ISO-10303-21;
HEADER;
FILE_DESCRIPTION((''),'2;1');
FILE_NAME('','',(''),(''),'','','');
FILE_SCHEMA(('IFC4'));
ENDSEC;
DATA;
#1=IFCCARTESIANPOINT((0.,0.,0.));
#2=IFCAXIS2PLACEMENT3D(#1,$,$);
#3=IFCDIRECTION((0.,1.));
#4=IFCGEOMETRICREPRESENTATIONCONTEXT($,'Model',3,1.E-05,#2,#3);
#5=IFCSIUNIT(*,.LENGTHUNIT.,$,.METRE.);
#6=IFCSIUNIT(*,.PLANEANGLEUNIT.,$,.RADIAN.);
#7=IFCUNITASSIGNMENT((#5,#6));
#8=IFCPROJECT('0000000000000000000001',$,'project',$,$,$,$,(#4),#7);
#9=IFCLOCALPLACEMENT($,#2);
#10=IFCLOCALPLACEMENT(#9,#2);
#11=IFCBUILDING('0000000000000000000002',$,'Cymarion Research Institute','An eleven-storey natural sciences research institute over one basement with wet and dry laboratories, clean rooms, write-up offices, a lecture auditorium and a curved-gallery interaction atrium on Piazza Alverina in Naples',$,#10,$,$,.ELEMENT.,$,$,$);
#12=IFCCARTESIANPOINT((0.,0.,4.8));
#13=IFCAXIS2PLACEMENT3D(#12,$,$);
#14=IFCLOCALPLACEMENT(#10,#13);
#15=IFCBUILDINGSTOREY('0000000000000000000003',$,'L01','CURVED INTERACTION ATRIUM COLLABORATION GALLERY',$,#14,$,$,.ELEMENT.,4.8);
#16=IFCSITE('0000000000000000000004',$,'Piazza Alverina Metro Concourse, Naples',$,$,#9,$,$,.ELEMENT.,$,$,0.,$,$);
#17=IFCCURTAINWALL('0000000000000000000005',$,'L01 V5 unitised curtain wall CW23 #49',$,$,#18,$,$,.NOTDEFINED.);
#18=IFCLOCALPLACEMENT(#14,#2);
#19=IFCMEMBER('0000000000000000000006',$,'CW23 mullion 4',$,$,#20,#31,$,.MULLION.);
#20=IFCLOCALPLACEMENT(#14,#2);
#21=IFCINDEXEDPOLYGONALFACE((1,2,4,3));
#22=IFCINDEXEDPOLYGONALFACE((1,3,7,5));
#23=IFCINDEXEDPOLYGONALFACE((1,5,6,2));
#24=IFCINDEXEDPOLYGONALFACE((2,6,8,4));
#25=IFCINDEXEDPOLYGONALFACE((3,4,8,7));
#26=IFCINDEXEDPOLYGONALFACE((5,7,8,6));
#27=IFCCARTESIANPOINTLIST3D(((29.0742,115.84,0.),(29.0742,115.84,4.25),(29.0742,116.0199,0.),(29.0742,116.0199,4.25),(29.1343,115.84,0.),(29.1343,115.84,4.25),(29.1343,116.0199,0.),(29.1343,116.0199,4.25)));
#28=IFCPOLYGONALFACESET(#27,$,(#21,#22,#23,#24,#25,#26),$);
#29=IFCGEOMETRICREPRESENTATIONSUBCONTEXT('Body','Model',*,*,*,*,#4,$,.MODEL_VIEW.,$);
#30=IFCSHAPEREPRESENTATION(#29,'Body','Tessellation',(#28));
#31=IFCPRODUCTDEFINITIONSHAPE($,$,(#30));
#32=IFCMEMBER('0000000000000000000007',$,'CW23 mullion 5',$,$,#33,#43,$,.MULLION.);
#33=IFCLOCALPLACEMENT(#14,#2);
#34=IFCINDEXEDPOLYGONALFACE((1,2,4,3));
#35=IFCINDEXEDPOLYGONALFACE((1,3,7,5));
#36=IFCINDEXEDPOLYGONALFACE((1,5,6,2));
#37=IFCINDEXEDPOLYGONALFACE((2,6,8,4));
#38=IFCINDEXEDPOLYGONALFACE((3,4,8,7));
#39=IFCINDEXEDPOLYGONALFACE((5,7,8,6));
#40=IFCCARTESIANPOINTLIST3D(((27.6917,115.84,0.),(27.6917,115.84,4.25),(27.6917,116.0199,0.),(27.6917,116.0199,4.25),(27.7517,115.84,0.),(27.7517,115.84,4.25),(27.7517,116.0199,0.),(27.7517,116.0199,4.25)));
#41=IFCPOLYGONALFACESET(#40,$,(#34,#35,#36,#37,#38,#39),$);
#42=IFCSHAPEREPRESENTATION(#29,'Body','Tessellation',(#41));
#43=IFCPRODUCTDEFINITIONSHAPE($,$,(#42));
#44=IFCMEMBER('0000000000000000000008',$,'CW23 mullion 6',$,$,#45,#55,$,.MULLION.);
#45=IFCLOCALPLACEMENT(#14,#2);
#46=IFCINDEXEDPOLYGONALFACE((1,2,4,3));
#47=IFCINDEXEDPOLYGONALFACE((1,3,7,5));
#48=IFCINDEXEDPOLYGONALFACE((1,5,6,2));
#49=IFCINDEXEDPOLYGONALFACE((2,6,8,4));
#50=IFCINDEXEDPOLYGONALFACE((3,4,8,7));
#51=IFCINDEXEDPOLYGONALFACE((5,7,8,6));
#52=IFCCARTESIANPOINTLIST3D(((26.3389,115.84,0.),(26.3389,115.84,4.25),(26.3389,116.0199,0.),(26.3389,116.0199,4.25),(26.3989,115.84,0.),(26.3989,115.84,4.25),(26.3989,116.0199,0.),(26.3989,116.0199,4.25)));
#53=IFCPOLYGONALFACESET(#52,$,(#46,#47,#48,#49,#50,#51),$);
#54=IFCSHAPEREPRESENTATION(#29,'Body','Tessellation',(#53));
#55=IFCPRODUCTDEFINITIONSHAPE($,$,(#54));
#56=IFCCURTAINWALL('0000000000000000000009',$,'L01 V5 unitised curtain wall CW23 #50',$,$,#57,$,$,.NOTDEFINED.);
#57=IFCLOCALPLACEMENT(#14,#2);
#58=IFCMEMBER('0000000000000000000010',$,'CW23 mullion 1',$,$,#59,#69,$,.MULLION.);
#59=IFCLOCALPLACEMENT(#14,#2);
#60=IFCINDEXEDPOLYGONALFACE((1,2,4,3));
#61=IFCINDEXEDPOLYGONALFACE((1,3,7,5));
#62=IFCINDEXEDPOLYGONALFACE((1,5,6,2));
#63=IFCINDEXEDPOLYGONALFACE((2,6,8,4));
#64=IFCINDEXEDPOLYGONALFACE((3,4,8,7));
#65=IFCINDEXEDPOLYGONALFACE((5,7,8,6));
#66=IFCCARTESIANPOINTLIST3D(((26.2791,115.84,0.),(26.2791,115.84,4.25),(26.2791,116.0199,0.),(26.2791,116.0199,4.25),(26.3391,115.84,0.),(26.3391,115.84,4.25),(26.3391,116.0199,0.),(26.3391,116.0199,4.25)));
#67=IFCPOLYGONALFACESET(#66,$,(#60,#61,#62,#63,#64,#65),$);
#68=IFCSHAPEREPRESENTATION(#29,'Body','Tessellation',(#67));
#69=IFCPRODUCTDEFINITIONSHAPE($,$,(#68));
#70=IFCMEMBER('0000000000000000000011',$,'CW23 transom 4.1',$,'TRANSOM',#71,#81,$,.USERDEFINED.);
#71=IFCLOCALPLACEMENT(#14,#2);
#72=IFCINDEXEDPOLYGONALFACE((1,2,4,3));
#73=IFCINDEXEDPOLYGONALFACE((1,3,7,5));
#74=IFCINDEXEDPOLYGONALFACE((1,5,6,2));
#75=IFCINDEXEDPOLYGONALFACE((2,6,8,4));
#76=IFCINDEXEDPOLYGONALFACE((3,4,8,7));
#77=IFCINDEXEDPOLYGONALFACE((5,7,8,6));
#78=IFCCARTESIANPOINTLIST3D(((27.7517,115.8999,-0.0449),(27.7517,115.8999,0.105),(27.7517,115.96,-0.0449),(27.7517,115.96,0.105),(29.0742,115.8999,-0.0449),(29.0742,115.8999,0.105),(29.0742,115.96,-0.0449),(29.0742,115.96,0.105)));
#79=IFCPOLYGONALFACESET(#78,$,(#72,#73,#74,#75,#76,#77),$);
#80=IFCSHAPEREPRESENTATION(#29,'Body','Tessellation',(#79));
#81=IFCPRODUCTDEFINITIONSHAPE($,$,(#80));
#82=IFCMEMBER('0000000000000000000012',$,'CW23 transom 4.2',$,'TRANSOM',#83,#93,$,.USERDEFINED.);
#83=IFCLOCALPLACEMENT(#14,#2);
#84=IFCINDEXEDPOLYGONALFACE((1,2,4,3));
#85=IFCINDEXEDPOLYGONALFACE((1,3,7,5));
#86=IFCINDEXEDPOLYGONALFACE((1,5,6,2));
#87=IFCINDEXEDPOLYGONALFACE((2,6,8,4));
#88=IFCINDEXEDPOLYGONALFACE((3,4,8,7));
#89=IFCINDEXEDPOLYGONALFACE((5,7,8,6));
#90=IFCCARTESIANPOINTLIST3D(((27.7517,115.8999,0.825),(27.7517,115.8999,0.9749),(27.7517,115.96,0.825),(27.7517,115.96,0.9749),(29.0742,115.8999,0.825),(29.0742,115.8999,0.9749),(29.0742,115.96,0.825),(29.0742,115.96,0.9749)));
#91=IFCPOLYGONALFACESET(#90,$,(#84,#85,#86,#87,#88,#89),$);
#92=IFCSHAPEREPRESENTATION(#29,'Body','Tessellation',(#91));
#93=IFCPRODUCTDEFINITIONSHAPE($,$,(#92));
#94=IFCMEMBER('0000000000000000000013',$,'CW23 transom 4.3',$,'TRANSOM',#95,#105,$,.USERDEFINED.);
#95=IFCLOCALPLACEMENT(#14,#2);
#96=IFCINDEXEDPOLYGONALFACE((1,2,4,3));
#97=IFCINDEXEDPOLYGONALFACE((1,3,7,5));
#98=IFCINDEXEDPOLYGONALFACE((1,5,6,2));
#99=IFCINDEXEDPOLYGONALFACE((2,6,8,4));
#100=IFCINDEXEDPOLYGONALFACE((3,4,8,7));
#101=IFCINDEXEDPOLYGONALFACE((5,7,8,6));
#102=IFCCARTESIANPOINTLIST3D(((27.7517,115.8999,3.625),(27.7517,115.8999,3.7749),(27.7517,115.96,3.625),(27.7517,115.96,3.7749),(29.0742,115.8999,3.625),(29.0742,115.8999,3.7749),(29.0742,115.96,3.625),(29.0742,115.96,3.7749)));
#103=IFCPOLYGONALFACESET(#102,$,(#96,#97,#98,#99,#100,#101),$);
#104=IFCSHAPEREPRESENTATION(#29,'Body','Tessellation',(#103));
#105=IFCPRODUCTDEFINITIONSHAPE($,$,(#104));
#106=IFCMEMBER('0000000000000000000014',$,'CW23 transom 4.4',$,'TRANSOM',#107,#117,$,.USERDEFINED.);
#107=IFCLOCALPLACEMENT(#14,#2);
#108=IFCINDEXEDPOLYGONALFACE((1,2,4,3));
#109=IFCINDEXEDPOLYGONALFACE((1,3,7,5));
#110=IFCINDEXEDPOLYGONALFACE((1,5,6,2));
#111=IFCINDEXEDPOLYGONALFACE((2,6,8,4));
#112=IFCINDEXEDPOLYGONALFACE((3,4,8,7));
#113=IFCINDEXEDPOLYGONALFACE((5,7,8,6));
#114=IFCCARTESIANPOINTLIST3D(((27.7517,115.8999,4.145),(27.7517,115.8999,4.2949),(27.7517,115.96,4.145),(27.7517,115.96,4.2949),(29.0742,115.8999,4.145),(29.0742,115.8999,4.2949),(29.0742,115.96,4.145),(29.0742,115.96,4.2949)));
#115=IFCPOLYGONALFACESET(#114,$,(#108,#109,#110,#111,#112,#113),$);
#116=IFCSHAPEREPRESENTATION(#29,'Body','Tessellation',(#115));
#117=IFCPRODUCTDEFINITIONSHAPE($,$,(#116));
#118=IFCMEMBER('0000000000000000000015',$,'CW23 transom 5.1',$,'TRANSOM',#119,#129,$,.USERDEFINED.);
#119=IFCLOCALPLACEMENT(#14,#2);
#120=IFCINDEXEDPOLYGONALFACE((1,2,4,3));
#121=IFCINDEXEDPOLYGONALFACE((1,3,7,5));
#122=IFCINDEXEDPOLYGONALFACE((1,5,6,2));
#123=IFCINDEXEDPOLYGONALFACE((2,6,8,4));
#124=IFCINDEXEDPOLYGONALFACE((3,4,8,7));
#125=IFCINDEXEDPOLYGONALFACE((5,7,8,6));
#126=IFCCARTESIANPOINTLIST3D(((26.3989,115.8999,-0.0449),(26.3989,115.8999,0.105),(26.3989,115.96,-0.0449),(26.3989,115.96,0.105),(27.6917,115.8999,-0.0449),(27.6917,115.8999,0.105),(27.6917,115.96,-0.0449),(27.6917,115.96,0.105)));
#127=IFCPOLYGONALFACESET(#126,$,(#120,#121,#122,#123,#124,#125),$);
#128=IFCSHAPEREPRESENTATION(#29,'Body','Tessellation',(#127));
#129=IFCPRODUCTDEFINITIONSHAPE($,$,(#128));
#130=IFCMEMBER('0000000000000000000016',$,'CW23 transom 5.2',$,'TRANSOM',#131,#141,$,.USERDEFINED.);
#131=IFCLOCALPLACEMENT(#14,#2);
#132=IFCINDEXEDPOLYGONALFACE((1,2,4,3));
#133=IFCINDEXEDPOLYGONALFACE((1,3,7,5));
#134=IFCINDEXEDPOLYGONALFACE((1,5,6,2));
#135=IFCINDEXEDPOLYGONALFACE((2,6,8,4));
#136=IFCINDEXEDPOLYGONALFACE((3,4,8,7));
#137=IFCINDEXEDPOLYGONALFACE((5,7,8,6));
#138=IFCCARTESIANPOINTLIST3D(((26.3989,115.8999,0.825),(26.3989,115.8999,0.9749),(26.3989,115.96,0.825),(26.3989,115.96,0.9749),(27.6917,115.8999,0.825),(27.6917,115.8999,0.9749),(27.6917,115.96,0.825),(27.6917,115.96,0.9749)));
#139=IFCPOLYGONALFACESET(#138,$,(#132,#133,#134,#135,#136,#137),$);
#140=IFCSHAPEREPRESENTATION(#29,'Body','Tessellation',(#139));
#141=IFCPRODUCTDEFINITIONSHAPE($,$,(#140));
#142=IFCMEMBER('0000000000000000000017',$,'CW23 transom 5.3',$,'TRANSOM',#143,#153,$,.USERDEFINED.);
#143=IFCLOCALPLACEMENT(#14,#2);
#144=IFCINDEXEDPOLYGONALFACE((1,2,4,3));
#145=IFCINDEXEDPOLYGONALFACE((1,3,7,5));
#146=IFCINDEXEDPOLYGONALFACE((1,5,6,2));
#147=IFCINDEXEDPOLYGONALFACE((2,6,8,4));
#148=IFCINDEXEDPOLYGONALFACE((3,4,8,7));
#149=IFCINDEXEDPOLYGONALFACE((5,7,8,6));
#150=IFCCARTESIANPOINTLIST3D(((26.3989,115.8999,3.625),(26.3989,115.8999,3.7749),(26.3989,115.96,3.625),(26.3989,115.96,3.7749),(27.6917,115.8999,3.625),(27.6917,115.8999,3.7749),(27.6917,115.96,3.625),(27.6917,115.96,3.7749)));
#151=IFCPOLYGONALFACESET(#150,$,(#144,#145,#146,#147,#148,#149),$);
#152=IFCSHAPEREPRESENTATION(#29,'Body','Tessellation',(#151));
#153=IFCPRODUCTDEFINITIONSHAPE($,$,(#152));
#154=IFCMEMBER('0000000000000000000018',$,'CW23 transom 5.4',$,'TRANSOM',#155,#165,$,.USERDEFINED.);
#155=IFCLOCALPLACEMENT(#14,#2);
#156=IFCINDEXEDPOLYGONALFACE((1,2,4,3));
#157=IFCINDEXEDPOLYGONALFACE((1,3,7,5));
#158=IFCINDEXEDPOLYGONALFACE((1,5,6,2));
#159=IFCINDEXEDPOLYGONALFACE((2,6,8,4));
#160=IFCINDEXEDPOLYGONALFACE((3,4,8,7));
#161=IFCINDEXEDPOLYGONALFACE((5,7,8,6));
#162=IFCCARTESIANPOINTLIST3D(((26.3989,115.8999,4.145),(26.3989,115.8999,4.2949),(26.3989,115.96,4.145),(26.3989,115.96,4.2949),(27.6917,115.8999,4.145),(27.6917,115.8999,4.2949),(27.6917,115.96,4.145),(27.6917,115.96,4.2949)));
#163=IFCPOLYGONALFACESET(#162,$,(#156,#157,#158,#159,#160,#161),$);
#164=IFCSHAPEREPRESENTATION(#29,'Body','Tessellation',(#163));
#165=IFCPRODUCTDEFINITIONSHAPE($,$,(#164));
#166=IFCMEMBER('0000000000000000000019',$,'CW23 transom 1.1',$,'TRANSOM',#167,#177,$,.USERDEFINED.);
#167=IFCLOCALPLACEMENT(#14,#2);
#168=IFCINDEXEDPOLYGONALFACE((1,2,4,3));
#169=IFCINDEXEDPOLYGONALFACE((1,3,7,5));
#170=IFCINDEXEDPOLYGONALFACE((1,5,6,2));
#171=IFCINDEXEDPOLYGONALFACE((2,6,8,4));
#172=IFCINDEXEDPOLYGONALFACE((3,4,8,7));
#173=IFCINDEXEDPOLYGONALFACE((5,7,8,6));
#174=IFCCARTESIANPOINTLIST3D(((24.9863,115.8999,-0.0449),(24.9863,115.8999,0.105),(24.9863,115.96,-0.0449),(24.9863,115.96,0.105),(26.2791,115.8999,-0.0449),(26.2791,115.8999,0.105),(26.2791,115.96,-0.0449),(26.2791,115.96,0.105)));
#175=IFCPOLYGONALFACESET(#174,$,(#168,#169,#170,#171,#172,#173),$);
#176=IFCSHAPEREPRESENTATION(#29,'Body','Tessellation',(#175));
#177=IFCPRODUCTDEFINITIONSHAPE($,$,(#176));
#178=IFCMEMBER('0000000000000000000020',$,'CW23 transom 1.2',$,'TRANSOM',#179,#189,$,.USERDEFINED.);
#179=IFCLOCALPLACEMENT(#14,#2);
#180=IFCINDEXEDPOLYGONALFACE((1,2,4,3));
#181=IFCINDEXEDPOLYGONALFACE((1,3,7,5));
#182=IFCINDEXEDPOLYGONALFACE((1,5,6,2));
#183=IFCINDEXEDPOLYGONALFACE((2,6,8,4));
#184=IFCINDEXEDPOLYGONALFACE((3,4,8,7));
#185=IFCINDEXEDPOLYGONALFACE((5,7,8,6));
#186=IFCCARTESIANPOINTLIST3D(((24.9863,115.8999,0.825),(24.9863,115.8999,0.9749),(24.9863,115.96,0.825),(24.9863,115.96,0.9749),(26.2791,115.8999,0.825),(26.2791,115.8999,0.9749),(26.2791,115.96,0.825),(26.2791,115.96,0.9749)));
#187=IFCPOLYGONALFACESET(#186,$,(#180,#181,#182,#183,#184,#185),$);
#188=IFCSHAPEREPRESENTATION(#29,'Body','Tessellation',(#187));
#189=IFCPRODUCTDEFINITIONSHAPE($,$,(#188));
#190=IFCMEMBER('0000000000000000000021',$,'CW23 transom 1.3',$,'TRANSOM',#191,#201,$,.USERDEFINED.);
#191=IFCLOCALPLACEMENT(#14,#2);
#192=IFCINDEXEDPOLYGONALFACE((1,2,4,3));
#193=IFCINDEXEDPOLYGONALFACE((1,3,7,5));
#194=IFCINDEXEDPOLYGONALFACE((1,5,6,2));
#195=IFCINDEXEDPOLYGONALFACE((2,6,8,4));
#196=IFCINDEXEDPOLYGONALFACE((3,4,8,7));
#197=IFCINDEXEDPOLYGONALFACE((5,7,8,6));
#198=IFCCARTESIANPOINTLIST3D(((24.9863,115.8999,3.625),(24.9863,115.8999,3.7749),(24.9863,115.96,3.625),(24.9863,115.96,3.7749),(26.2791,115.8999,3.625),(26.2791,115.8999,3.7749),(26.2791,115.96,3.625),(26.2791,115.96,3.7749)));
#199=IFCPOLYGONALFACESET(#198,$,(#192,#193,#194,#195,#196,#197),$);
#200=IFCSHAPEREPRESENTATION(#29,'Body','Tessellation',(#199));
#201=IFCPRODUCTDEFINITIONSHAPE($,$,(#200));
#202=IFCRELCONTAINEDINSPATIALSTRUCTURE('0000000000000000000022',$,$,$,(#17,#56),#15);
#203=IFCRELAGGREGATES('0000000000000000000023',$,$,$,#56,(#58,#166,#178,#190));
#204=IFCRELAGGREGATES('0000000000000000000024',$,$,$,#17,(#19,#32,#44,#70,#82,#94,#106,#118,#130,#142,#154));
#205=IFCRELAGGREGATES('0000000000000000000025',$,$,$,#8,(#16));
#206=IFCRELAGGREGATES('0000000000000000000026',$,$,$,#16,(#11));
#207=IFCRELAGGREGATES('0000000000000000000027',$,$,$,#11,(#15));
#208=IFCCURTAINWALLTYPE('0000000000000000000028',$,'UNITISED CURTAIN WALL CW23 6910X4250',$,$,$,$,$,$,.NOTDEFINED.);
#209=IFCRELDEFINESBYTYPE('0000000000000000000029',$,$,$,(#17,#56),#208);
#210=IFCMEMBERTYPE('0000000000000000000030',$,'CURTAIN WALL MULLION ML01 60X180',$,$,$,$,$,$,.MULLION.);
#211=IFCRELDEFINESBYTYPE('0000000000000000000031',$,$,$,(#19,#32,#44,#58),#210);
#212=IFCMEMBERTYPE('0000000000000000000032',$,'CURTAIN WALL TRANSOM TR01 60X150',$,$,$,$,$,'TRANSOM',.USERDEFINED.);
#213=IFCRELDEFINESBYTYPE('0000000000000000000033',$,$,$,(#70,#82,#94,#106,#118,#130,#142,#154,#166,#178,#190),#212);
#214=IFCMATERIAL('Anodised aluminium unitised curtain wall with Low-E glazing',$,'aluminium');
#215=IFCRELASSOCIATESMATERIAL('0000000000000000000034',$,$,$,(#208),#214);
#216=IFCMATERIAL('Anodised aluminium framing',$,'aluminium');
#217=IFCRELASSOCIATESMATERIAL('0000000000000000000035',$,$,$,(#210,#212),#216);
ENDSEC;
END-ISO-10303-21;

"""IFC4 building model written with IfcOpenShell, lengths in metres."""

from ifc_helpers import new_model, si_unit, direction, frame, origin, origin_2d, place, context, subcontext, project, spatial, rectangle, extrude, material, material_profile, profile_set, type_object, element, aggregate, save


model = new_model("IFC4")

# Units and contexts
model_context = context("Model", 3, precision=1e-05, world=origin(), true_north=direction((0.0, 1.0)))
body_context = subcontext(model_context, "Body", "Model", "MODEL_VIEW")
ifc_project = project(units=[si_unit("LENGTHUNIT", "METRE"), si_unit("PLANEANGLEUNIT", "RADIAN")], contexts=[model_context])

# Site, building, storey
site_placement = place(None, origin())
site = spatial("IfcSite", under=ifc_project, at=site_placement, Name="Piazza Alverina Metro Concourse, Naples", CompositionType="ELEMENT", RefElevation=0.0)
building_placement = place(site_placement, origin())
building = spatial("IfcBuilding", under=site, at=building_placement, Name="Cymarion Research Institute", Description="An eleven-storey natural sciences research institute over one basement with wet and dry laboratories, clean rooms, write-up offices, a lecture auditorium and a curved-gallery interaction atrium on Piazza Alverina in Naples", CompositionType="ELEMENT")
storey_placement = place(building_placement, frame((0.0, 0.0, 4.8)))
storey = spatial("IfcBuildingStorey", under=building, at=storey_placement, Name="L01", Description="CURVED INTERACTION ATRIUM COLLABORATION GALLERY", CompositionType="ELEMENT", Elevation=4.8)

# Curtain wall, members
ifc_material_1 = material(Name="Anodised aluminium unitised curtain wall with Low-E glazing", Category="aluminium")
curtain_wall_type = type_object("IfcCurtainWallType", Name="UNITISED CURTAIN WALL CW23 6910X4250", PredefinedType="NOTDEFINED", material=ifc_material_1)
curtain_wall_1_placement = place(storey_placement, origin())
curtain_wall_1 = element("IfcCurtainWall", 1, at=curtain_wall_1_placement, inside=storey, type_object=curtain_wall_type, Name="L01 V5 unitised curtain wall CW23 #49", PredefinedType="NOTDEFINED")
ifc_material_2 = material(Name="Anodised aluminium framing", Category="aluminium")
ifc_material_profile_1 = material_profile(ifc_material_2, rectangle(XDim=0.0601, YDim=0.1799, at=origin_2d()), Name="ALU MULLION 60x180")
ifc_profile_set_1 = profile_set([ifc_material_profile_1], Name="Anodised aluminium framing")
member_type_1 = type_object("IfcMemberType", Name="CURTAIN WALL MULLION ML01 60X180", PredefinedType="MULLION", material=ifc_profile_set_1)
member_1_placement = place(storey_placement, frame((29.1042, 115.9299, 0.0), z_axis=(0.0, 0.0, 1.0), x_axis=(-1.0, 0.0, 0.0)))
member_1 = element("IfcMember", 2, at=member_1_placement, type_object=member_type_1, Name="CW23 mullion 4", PredefinedType="MULLION", context=body_context, shape_type="SweptSolid", body=[
    extrude(rectangle(XDim=0.0601, YDim=0.1799, at=origin_2d()), origin(), (0.0, 0.0, 1.0), 4.25),
])
member_2_placement = place(storey_placement, frame((27.7217, 115.9299, 0.0), z_axis=(0.0, 0.0, 1.0), x_axis=(-1.0, 0.0, 0.0)))
member_2 = element("IfcMember", 3, at=member_2_placement, type_object=member_type_1, Name="CW23 mullion 5", PredefinedType="MULLION", context=body_context, shape_type="SweptSolid", body=[
    extrude(rectangle(XDim=0.0601, YDim=0.1799, at=origin_2d()), origin(), (0.0, 0.0, 1.0), 4.25),
])
member_3_placement = place(storey_placement, frame((26.3689, 115.9299, 0.0), z_axis=(0.0, 0.0, 1.0), x_axis=(-1.0, 0.0, 0.0)))
member_3 = element("IfcMember", 4, at=member_3_placement, type_object=member_type_1, Name="CW23 mullion 6", PredefinedType="MULLION", context=body_context, shape_type="SweptSolid", body=[
    extrude(rectangle(XDim=0.0601, YDim=0.1799, at=origin_2d()), origin(), (0.0, 0.0, 1.0), 4.25),
])

# Curtain wall, member
curtain_wall_2_placement = place(storey_placement, origin())
curtain_wall_2 = element("IfcCurtainWall", 5, at=curtain_wall_2_placement, inside=storey, type_object=curtain_wall_type, Name="L01 V5 unitised curtain wall CW23 #50", PredefinedType="NOTDEFINED")
member_4_placement = place(storey_placement, frame((26.3091, 115.9299, 0.0), z_axis=(0.0, 0.0, 1.0), x_axis=(-1.0, 0.0, 0.0)))
member_4 = element("IfcMember", 6, at=member_4_placement, type_object=member_type_1, Name="CW23 mullion 1", PredefinedType="MULLION", context=body_context, shape_type="SweptSolid", body=[
    extrude(rectangle(XDim=0.0601, YDim=0.1799, at=origin_2d()), origin(), (0.0, 0.0, 1.0), 4.25),
])

# Members
ifc_material_profile_2 = material_profile(ifc_material_2, rectangle(XDim=0.0601, YDim=0.1499, at=origin_2d()), Name="ALU TRANSOM 60x150")
ifc_profile_set_2 = profile_set([ifc_material_profile_2], Name="Anodised aluminium framing")
member_type_2 = type_object("IfcMemberType", Name="CURTAIN WALL TRANSOM TR01 60X150", ElementType="TRANSOM", PredefinedType="USERDEFINED", material=ifc_profile_set_2)
member_5_placement = place(storey_placement, frame((29.0742, 115.9299, 0.03), z_axis=(-1.0, 0.0, 0.0), x_axis=(0.0, -1.0, 0.0)))
member_5 = element("IfcMember", 7, at=member_5_placement, type_object=member_type_2, Name="CW23 transom 4.1", ObjectType="TRANSOM", PredefinedType="USERDEFINED", context=body_context, shape_type="SweptSolid", body=[
    extrude(rectangle(XDim=0.0601, YDim=0.1499, at=origin_2d()), origin(), (0.0, 0.0, 1.0), 1.3225),
])
member_6_placement = place(storey_placement, frame((29.0742, 115.9299, 0.8999), z_axis=(-1.0, 0.0, 0.0), x_axis=(0.0, -1.0, 0.0)))
member_6 = element("IfcMember", 8, at=member_6_placement, type_object=member_type_2, Name="CW23 transom 4.2", ObjectType="TRANSOM", PredefinedType="USERDEFINED", context=body_context, shape_type="SweptSolid", body=[
    extrude(rectangle(XDim=0.0601, YDim=0.1499, at=origin_2d()), origin(), (0.0, 0.0, 1.0), 1.3225),
])
member_7_placement = place(storey_placement, frame((29.0742, 115.9299, 3.7), z_axis=(-1.0, 0.0, 0.0), x_axis=(0.0, -1.0, 0.0)))
member_7 = element("IfcMember", 9, at=member_7_placement, type_object=member_type_2, Name="CW23 transom 4.3", ObjectType="TRANSOM", PredefinedType="USERDEFINED", context=body_context, shape_type="SweptSolid", body=[
    extrude(rectangle(XDim=0.0601, YDim=0.1499, at=origin_2d()), origin(), (0.0, 0.0, 1.0), 1.3225),
])
member_8_placement = place(storey_placement, frame((29.0742, 115.9299, 4.22), z_axis=(-1.0, 0.0, 0.0), x_axis=(0.0, -1.0, 0.0)))
member_8 = element("IfcMember", 10, at=member_8_placement, type_object=member_type_2, Name="CW23 transom 4.4", ObjectType="TRANSOM", PredefinedType="USERDEFINED", context=body_context, shape_type="SweptSolid", body=[
    extrude(rectangle(XDim=0.0601, YDim=0.1499, at=origin_2d()), origin(), (0.0, 0.0, 1.0), 1.3225),
])
member_9_placement = place(storey_placement, frame((27.6917, 115.9299, 0.03), z_axis=(-1.0, 0.0, 0.0), x_axis=(0.0, -1.0, 0.0)))
member_9 = element("IfcMember", 11, at=member_9_placement, type_object=member_type_2, Name="CW23 transom 5.1", ObjectType="TRANSOM", PredefinedType="USERDEFINED", context=body_context, shape_type="SweptSolid", body=[
    extrude(rectangle(XDim=0.0601, YDim=0.1499, at=origin_2d()), origin(), (0.0, 0.0, 1.0), 1.2927),
])
member_10_placement = place(storey_placement, frame((27.6917, 115.9299, 0.8999), z_axis=(-1.0, 0.0, 0.0), x_axis=(0.0, -1.0, 0.0)))
member_10 = element("IfcMember", 12, at=member_10_placement, type_object=member_type_2, Name="CW23 transom 5.2", ObjectType="TRANSOM", PredefinedType="USERDEFINED", context=body_context, shape_type="SweptSolid", body=[
    extrude(rectangle(XDim=0.0601, YDim=0.1499, at=origin_2d()), origin(), (0.0, 0.0, 1.0), 1.2927),
])
member_11_placement = place(storey_placement, frame((27.6917, 115.9299, 3.7), z_axis=(-1.0, 0.0, 0.0), x_axis=(0.0, -1.0, 0.0)))
member_11 = element("IfcMember", 13, at=member_11_placement, type_object=member_type_2, Name="CW23 transom 5.3", ObjectType="TRANSOM", PredefinedType="USERDEFINED", context=body_context, shape_type="SweptSolid", body=[
    extrude(rectangle(XDim=0.0601, YDim=0.1499, at=origin_2d()), origin(), (0.0, 0.0, 1.0), 1.2927),
])
member_12_placement = place(storey_placement, frame((27.6917, 115.9299, 4.22), z_axis=(-1.0, 0.0, 0.0), x_axis=(0.0, -1.0, 0.0)))
member_12 = element("IfcMember", 14, at=member_12_placement, type_object=member_type_2, Name="CW23 transom 5.4", ObjectType="TRANSOM", PredefinedType="USERDEFINED", context=body_context, shape_type="SweptSolid", body=[
    extrude(rectangle(XDim=0.0601, YDim=0.1499, at=origin_2d()), origin(), (0.0, 0.0, 1.0), 1.2927),
])
member_13_placement = place(storey_placement, frame((26.2791, 115.9299, 0.03), z_axis=(-1.0, 0.0, 0.0), x_axis=(0.0, -1.0, 0.0)))
member_13 = element("IfcMember", 15, at=member_13_placement, type_object=member_type_2, Name="CW23 transom 1.1", ObjectType="TRANSOM", PredefinedType="USERDEFINED", context=body_context, shape_type="SweptSolid", body=[
    extrude(rectangle(XDim=0.0601, YDim=0.1499, at=origin_2d()), origin(), (0.0, 0.0, 1.0), 1.2927),
])
member_14_placement = place(storey_placement, frame((26.2791, 115.9299, 0.8999), z_axis=(-1.0, 0.0, 0.0), x_axis=(0.0, -1.0, 0.0)))
member_14 = element("IfcMember", 16, at=member_14_placement, type_object=member_type_2, Name="CW23 transom 1.2", ObjectType="TRANSOM", PredefinedType="USERDEFINED", context=body_context, shape_type="SweptSolid", body=[
    extrude(rectangle(XDim=0.0601, YDim=0.1499, at=origin_2d()), origin(), (0.0, 0.0, 1.0), 1.2927),
])
member_15_placement = place(storey_placement, frame((26.2791, 115.9299, 3.7), z_axis=(-1.0, 0.0, 0.0), x_axis=(0.0, -1.0, 0.0)))
member_15 = element("IfcMember", 17, at=member_15_placement, type_object=member_type_2, Name="CW23 transom 1.3", ObjectType="TRANSOM", PredefinedType="USERDEFINED", context=body_context, shape_type="SweptSolid", body=[
    extrude(rectangle(XDim=0.0601, YDim=0.1499, at=origin_2d()), origin(), (0.0, 0.0, 1.0), 1.2927),
])

aggregate(curtain_wall_2, [member_4, member_13, member_14, member_15])
aggregate(curtain_wall_1, [member_1, member_2, member_3, member_5, member_6, member_7, member_8, member_9, member_10, member_11, member_12])

save(model, "model.ifc")
